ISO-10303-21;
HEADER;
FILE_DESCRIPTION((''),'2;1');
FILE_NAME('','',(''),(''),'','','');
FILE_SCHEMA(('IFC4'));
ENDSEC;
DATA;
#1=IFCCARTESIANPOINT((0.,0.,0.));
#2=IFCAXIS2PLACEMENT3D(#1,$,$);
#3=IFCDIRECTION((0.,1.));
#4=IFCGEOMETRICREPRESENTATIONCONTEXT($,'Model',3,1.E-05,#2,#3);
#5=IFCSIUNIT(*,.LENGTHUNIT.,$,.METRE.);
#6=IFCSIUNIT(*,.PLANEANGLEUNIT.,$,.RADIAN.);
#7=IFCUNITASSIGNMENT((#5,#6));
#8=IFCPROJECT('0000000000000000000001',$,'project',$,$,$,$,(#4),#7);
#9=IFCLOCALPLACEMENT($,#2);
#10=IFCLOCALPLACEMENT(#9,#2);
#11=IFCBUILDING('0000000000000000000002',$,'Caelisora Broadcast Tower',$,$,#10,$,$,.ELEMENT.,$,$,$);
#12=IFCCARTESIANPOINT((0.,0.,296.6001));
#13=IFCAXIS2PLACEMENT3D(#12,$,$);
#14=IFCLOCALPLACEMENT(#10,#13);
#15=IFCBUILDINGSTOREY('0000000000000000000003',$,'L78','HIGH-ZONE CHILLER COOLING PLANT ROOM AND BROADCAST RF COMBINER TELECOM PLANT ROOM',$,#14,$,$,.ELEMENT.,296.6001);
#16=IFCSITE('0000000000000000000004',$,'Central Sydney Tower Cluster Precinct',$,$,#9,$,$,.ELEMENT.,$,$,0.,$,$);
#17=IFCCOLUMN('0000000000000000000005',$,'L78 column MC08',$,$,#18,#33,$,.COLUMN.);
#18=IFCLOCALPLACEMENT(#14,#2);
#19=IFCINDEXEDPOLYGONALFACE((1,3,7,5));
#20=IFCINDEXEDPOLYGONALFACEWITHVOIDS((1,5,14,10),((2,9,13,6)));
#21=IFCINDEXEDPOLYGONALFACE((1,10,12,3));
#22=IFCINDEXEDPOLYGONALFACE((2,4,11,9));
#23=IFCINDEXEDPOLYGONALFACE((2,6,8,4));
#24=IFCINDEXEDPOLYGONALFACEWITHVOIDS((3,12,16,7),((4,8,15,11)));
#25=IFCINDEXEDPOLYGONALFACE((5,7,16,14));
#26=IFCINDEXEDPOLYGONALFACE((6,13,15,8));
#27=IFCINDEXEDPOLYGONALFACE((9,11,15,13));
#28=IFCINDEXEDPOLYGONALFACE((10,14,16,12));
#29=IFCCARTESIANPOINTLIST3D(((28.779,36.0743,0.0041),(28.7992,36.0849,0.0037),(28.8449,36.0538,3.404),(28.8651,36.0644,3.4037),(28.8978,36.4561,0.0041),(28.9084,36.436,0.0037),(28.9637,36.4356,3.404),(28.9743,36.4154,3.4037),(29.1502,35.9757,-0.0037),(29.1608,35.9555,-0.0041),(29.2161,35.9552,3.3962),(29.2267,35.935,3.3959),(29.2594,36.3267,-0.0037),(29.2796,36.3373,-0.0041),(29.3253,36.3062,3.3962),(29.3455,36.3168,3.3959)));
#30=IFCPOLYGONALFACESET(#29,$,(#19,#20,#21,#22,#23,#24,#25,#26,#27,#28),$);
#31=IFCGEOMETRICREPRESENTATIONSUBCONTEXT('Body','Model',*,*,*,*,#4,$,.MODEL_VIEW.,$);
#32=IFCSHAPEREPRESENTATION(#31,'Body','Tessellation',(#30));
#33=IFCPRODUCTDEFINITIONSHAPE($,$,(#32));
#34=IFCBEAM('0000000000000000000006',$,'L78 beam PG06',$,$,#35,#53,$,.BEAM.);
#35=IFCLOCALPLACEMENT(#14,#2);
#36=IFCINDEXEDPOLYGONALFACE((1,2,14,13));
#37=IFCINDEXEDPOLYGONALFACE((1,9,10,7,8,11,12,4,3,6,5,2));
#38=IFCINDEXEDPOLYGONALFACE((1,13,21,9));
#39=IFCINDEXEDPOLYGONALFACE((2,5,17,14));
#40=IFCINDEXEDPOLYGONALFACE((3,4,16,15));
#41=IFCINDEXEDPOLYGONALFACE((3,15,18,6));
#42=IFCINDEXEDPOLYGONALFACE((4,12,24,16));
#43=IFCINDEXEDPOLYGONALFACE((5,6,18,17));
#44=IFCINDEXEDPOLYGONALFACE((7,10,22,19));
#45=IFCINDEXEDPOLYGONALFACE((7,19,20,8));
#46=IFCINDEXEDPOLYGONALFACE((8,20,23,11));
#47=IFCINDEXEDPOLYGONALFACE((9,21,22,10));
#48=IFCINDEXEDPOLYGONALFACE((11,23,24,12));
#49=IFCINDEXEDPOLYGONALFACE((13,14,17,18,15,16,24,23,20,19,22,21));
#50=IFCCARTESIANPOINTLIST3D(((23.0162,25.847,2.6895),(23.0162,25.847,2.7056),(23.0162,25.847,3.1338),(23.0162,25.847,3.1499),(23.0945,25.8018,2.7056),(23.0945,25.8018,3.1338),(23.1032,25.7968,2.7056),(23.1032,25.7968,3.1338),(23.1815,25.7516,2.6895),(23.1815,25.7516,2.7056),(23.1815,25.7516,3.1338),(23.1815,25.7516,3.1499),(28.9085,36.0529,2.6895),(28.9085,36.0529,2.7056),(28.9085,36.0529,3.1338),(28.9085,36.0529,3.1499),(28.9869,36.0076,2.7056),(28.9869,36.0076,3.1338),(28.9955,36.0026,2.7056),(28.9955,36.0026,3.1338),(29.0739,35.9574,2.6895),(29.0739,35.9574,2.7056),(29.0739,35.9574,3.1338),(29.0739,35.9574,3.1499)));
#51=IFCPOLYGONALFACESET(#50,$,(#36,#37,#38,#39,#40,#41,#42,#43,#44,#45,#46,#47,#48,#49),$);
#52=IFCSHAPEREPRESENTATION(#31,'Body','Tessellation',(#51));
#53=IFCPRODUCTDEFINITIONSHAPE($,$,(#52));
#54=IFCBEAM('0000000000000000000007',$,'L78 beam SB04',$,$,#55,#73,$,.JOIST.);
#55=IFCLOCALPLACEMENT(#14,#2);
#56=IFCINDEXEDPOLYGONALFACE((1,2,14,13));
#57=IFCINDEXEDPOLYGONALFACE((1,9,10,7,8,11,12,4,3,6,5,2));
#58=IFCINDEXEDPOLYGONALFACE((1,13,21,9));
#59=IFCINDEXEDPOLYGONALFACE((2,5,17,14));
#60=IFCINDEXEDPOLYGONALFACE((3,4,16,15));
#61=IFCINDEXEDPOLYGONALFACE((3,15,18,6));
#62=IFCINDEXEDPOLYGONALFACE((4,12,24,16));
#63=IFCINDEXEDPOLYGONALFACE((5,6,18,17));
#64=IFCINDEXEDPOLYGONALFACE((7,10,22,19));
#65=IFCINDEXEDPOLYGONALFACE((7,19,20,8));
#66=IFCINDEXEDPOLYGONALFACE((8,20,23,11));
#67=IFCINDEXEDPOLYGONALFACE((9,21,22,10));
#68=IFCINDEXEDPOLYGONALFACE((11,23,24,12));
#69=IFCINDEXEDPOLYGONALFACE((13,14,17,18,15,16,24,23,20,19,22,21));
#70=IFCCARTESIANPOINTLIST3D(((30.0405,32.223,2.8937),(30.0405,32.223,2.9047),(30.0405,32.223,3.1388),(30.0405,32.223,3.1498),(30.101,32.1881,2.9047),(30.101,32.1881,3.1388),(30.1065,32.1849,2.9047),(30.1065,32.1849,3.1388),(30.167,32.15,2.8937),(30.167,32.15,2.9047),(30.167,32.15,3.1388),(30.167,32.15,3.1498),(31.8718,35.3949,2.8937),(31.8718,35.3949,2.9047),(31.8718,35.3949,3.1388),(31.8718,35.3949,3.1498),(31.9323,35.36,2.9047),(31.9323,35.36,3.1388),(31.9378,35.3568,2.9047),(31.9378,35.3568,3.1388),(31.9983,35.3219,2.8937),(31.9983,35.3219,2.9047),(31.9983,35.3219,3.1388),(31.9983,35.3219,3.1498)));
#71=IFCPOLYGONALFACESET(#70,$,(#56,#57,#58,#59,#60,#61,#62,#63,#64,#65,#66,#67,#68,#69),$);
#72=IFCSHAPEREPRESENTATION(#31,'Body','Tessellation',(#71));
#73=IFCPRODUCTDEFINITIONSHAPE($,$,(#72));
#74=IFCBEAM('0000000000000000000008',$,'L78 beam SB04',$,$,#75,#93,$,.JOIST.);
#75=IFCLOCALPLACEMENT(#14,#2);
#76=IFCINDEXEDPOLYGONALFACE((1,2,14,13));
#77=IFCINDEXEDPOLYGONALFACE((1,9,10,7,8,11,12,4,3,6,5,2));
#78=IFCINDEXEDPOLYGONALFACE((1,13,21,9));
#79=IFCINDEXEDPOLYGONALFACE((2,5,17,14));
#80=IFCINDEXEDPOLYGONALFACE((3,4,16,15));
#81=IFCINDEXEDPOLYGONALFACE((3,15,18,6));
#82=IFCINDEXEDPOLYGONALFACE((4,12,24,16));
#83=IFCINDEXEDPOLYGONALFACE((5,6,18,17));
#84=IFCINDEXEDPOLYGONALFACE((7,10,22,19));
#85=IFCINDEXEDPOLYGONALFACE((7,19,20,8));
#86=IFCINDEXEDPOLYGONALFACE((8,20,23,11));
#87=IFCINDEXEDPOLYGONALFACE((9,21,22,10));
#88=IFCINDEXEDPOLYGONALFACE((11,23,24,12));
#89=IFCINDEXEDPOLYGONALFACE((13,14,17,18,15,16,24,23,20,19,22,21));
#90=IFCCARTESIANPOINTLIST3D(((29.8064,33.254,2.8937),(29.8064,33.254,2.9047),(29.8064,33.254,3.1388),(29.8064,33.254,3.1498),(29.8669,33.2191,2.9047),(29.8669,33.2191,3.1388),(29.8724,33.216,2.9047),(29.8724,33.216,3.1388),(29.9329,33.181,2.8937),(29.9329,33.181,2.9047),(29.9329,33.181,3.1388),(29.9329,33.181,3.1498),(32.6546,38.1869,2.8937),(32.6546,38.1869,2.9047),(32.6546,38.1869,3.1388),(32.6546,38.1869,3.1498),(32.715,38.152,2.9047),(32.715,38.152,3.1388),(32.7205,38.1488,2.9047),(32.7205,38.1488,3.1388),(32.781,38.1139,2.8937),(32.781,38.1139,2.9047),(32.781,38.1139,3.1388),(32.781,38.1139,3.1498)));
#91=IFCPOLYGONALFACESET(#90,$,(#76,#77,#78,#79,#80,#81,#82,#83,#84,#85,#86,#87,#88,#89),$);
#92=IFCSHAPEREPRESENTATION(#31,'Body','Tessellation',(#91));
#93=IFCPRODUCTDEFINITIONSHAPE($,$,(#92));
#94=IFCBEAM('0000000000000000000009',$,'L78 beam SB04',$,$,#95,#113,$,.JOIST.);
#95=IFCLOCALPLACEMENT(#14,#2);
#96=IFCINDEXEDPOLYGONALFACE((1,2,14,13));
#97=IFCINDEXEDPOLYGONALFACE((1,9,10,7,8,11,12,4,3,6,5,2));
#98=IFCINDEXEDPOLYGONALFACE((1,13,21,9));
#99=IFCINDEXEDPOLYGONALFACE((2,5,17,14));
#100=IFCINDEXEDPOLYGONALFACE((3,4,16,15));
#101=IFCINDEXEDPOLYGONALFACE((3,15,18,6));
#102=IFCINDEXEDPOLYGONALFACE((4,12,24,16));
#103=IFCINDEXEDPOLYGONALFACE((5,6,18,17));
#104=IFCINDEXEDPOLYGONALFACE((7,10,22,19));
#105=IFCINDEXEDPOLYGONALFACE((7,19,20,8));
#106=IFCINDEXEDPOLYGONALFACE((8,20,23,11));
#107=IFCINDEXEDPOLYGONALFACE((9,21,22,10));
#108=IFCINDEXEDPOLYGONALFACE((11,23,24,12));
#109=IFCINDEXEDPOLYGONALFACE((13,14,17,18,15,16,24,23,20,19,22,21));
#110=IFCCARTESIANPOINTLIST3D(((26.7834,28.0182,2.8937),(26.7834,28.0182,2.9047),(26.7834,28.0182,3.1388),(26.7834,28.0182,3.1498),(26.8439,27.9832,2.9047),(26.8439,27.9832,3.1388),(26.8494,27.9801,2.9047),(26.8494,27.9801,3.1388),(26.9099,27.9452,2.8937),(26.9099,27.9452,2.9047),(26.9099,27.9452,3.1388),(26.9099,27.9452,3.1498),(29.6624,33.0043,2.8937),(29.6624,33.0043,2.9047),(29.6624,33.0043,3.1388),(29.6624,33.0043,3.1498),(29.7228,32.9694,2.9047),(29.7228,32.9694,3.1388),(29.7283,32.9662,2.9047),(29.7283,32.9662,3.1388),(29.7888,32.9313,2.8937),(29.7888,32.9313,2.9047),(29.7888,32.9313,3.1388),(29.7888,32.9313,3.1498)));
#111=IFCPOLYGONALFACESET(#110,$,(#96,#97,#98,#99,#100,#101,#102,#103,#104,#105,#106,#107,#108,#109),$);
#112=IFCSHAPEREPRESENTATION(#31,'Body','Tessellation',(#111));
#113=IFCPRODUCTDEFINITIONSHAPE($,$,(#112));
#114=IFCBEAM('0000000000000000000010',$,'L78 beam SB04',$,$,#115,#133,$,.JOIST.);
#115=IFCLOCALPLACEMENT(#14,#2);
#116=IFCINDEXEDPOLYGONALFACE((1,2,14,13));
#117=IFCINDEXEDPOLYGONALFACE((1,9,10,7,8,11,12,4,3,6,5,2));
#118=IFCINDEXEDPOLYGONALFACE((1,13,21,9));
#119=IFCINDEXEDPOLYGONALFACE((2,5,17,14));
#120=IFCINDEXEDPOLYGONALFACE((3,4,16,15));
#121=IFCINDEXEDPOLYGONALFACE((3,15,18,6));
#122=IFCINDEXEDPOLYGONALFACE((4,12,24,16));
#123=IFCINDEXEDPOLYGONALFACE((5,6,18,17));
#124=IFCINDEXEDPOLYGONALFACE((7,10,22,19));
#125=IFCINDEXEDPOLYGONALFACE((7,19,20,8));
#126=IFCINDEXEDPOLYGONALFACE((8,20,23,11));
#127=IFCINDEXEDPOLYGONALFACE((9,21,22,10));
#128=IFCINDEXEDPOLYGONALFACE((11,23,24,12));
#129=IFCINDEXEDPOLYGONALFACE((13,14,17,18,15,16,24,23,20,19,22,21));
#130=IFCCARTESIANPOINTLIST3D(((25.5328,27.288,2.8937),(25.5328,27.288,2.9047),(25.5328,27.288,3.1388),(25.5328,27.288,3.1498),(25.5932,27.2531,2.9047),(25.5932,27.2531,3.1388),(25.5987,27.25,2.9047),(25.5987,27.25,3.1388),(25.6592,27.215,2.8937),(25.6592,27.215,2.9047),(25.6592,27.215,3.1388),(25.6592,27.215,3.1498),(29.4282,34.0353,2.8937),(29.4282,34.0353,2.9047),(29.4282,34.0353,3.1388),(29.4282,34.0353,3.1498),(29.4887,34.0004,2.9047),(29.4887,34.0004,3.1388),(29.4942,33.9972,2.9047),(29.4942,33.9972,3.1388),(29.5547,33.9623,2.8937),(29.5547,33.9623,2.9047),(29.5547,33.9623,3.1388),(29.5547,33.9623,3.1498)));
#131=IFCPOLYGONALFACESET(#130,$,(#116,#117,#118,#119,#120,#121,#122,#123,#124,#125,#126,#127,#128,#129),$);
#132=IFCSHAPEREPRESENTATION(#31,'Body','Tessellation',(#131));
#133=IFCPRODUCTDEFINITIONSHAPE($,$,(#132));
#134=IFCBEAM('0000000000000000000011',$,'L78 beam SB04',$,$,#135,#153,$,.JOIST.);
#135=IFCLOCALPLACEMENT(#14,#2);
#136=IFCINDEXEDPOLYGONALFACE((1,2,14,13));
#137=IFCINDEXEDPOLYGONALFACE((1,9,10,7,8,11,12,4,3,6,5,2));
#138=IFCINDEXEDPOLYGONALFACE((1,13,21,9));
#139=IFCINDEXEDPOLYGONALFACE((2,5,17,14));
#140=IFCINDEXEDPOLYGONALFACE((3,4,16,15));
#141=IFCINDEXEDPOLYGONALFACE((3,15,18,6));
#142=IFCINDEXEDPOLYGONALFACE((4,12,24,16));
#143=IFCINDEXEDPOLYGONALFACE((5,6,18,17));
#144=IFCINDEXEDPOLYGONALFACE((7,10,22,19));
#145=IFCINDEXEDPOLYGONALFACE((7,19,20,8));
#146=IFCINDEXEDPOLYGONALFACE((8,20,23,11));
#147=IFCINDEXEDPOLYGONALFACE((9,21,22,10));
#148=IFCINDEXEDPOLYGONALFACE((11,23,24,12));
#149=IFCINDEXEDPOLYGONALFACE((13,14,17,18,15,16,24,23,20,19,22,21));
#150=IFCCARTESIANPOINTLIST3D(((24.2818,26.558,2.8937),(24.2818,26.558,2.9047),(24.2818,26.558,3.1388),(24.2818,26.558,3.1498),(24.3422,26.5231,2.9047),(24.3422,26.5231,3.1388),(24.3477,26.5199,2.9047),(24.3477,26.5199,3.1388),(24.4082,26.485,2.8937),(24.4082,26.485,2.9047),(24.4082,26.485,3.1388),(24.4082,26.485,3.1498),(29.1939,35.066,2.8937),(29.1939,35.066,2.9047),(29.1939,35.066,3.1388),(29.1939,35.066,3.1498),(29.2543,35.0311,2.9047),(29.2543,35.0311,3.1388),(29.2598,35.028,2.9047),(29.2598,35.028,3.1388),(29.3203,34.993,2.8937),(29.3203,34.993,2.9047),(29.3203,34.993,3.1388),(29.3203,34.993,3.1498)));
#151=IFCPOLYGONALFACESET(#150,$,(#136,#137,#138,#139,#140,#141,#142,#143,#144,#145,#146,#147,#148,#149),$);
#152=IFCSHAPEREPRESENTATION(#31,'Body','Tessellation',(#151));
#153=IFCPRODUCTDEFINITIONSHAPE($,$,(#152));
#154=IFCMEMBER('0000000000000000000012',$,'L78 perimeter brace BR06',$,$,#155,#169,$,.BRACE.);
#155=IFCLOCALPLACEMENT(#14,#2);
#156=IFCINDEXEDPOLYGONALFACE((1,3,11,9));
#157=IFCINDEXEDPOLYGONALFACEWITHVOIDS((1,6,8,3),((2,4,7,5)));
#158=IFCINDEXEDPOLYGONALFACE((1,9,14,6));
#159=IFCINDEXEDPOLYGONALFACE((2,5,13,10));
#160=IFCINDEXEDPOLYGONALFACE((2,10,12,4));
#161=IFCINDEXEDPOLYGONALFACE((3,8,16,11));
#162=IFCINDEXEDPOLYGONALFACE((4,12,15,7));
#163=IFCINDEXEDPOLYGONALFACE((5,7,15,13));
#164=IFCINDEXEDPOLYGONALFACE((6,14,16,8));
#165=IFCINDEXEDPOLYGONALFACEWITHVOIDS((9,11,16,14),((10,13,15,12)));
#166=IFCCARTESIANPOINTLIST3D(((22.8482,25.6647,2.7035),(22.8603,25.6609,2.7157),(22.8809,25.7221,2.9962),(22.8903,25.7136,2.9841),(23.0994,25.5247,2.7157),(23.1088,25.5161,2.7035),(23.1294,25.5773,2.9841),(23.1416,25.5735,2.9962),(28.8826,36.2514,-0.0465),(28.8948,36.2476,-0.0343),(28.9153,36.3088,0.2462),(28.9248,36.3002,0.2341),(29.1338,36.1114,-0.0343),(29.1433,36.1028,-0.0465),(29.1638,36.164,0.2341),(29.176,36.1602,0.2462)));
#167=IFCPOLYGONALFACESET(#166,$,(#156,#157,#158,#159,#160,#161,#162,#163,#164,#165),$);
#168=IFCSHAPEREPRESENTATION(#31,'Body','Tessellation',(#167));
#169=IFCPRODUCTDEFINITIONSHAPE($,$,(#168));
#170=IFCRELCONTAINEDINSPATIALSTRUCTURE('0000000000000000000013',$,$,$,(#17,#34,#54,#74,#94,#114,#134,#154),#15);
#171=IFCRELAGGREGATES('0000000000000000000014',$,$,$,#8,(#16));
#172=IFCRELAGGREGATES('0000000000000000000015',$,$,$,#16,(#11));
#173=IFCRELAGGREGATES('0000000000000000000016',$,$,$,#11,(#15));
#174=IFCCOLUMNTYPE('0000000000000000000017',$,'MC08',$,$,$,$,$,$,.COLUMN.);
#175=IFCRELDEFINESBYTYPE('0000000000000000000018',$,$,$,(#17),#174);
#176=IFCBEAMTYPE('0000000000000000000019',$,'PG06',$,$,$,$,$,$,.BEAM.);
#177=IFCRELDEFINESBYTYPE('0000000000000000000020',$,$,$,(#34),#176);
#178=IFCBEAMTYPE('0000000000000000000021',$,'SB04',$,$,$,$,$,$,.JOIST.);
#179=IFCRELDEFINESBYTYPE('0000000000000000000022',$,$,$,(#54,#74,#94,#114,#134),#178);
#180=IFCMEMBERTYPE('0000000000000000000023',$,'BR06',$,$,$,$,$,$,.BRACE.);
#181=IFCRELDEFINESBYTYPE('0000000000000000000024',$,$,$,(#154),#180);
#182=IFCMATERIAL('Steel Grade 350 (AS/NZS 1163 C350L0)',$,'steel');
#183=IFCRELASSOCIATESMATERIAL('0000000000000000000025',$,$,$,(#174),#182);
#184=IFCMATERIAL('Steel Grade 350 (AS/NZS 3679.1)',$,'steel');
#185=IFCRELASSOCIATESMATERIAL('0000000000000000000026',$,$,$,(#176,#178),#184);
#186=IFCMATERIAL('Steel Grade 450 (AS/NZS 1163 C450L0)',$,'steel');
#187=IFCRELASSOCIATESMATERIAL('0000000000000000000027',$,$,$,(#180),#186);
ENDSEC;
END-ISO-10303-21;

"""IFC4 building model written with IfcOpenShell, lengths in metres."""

from ifc_helpers import new_model, si_unit, direction, frame, origin, origin_2d, place, context, subcontext, project, spatial, hollow_rectangle, i_section, extrude, source, transform, mapped, material, material_profile, profile_set, type_object, type_shapes, element, save


model = new_model("IFC4")

# Units and contexts
model_context = context("Model", 3, precision=1e-05, world=origin(), true_north=direction((0.0, 1.0)))
body_context = subcontext(model_context, "Body", "Model", "MODEL_VIEW")
ifc_project = project(units=[si_unit("LENGTHUNIT", "METRE"), si_unit("PLANEANGLEUNIT", "RADIAN")], contexts=[model_context])

# Site, building, storey
site_placement = place(None, origin())
site = spatial("IfcSite", under=ifc_project, at=site_placement, Name="Central Sydney Tower Cluster Precinct", CompositionType="ELEMENT", RefElevation=0.0)
building_placement = place(site_placement, origin())
building = spatial("IfcBuilding", under=site, at=building_placement, Name="Caelisora Broadcast Tower", CompositionType="ELEMENT")
storey_placement = place(building_placement, frame((0.0, 0.0, 296.6001)))
storey = spatial("IfcBuildingStorey", under=building, at=storey_placement, Name="L78", Description="HIGH-ZONE CHILLER COOLING PLANT ROOM AND BROADCAST RF COMBINER TELECOM PLANT ROOM", CompositionType="ELEMENT", Elevation=296.6001)

# Column
ifc_material_1 = material(Name="Steel Grade 350 (AS/NZS 1163 C350L0)", Category="steel")
ifc_material_profile_1 = material_profile(ifc_material_1, hollow_rectangle(XDim=0.3999, YDim=0.3999, WallThickness=0.0161, at=origin_2d()), Name="Steel Grade 350 (AS/NZS 1163 C350L0)")
ifc_profile_set_1 = profile_set([ifc_material_profile_1], Name="Steel Grade 350 (AS/NZS 1163 C350L0)")
column_type = type_object("IfcColumnType", Name="MC08", PredefinedType="COLUMN", material=ifc_profile_set_1)
shared_shape_1 = source(origin(), body_context, "Body", "SweptSolid", [
    extrude(hollow_rectangle(XDim=0.3999, YDim=0.3999, WallThickness=0.0161, at=origin_2d()), origin(), (0.0, 0.0, 1.0), 3.4006),
])
type_shapes(column_type, [shared_shape_1])
column_placement = place(storey_placement, frame((29.0293, 36.2058, 0.0), z_axis=(0.019384, -0.006031, 0.999794), x_axis=(0.297067, 0.954857, 0.0)))
element("IfcColumn", 1, at=column_placement, inside=storey, type_object=column_type, Name="L78 column MC08", PredefinedType="COLUMN", context=body_context, shape_type="MappedRepresentation", body=[
    mapped(shared_shape_1, transform((0.0, 0.0, 0.0), scale=1.0)),
])

# Beams
ifc_material_2 = material(Name="Steel Grade 350 (AS/NZS 3679.1)", Category="steel")
ifc_material_profile_2 = material_profile(ifc_material_2, i_section(OverallWidth=0.1909, OverallDepth=0.4604, WebThickness=0.01, FlangeThickness=0.0161, at=origin_2d()), Name="Steel Grade 350 (AS/NZS 3679.1)")
ifc_profile_set_2 = profile_set([ifc_material_profile_2], Name="Steel Grade 350 (AS/NZS 3679.1)")
beam_type_1 = type_object("IfcBeamType", Name="PG06", PredefinedType="BEAM", material=ifc_profile_set_2)
shared_shape_2 = source(origin(), body_context, "Body", "SweptSolid", [
    extrude(i_section(OverallWidth=0.1909, OverallDepth=0.4604, WebThickness=0.01, FlangeThickness=0.0161, at=origin_2d()), origin(), (0.0, 0.0, 1.0), 11.7847),
])
type_shapes(beam_type_1, [shared_shape_2])
beam_1_placement = place(storey_placement, frame((28.9912, 36.0051, 2.9197), z_axis=(-0.5, -0.866025, 0.0), x_axis=(0.866025, -0.5, 0.0)))
element("IfcBeam", 2, at=beam_1_placement, inside=storey, type_object=beam_type_1, Name="L78 beam PG06", PredefinedType="BEAM", context=body_context, shape_type="MappedRepresentation", body=[
    mapped(shared_shape_2, transform((0.0, 0.0, 0.0), scale=1.0)),
])
ifc_material_profile_3 = material_profile(ifc_material_2, i_section(OverallWidth=0.146, OverallDepth=0.2561, WebThickness=0.0063, FlangeThickness=0.011, at=origin_2d()), Name="Steel Grade 350 (AS/NZS 3679.1)")
ifc_profile_set_3 = profile_set([ifc_material_profile_3], Name="Steel Grade 350 (AS/NZS 3679.1)")
beam_type_2 = type_object("IfcBeamType", Name="SB04", PredefinedType="JOIST", material=ifc_profile_set_3)
shared_shape_3 = source(origin(), body_context, "Body", "SweptSolid", [
    extrude(i_section(OverallWidth=0.146, OverallDepth=0.2561, WebThickness=0.0063, FlangeThickness=0.011, at=origin_2d()), origin(), (0.0, 0.0, 1.0), 3.6626),
])
beam_2_placement = place(storey_placement, frame((31.9351, 35.3584, 3.0217), z_axis=(-0.500003, -0.866024, 0.0), x_axis=(0.866024, -0.500003, 0.0)))
element("IfcBeam", 3, at=beam_2_placement, inside=storey, type_object=beam_type_2, Name="L78 beam SB04", PredefinedType="JOIST", context=body_context, shape_type="MappedRepresentation", body=[
    mapped(shared_shape_3, transform((0.0, 0.0, 0.0), scale=1.0)),
])
shared_shape_4 = source(origin(), body_context, "Body", "SweptSolid", [
    extrude(i_section(OverallWidth=0.146, OverallDepth=0.2561, WebThickness=0.0063, FlangeThickness=0.011, at=origin_2d()), origin(), (0.0, 0.0, 1.0), 5.696),
])
beam_3_placement = place(storey_placement, frame((32.7178, 38.1504, 3.0217), z_axis=(-0.500021, -0.866014, 0.0), x_axis=(0.866014, -0.500021, 0.0)))
element("IfcBeam", 4, at=beam_3_placement, inside=storey, type_object=beam_type_2, Name="L78 beam SB04", PredefinedType="JOIST", context=body_context, shape_type="MappedRepresentation", body=[
    mapped(shared_shape_4, transform((0.0, 0.0, 0.0), scale=1.0)),
])
shared_shape_5 = source(origin(), body_context, "Body", "SweptSolid", [
    extrude(i_section(OverallWidth=0.146, OverallDepth=0.2561, WebThickness=0.0063, FlangeThickness=0.011, at=origin_2d()), origin(), (0.0, 0.0, 1.0), 5.7576),
])
beam_4_placement = place(storey_placement, frame((29.7256, 32.9678, 3.0217), z_axis=(-0.500025, -0.866011, 0.0), x_axis=(0.866011, -0.500025, 0.0)))
element("IfcBeam", 5, at=beam_4_placement, inside=storey, type_object=beam_type_2, Name="L78 beam SB04", PredefinedType="JOIST", context=body_context, shape_type="MappedRepresentation", body=[
    mapped(shared_shape_5, transform((0.0, 0.0, 0.0), scale=1.0)),
])
shared_shape_6 = source(origin(), body_context, "Body", "SweptSolid", [
    extrude(i_section(OverallWidth=0.146, OverallDepth=0.2561, WebThickness=0.0063, FlangeThickness=0.011, at=origin_2d()), origin(), (0.0, 0.0, 1.0), 7.791),
])
beam_5_placement = place(storey_placement, frame((29.4915, 33.9988, 3.0217), z_axis=(-0.499995, -0.866029, 0.0), x_axis=(0.866029, -0.499995, 0.0)))
element("IfcBeam", 6, at=beam_5_placement, inside=storey, type_object=beam_type_2, Name="L78 beam SB04", PredefinedType="JOIST", context=body_context, shape_type="MappedRepresentation", body=[
    mapped(shared_shape_6, transform((0.0, 0.0, 0.0), scale=1.0)),
])
shared_shape_7 = source(origin(), body_context, "Body", "SweptSolid", [
    extrude(i_section(OverallWidth=0.146, OverallDepth=0.2561, WebThickness=0.0063, FlangeThickness=0.011, at=origin_2d()), origin(), (0.0, 0.0, 1.0), 9.8242),
])
type_shapes(beam_type_2, [shared_shape_3, shared_shape_4, shared_shape_5, shared_shape_6, shared_shape_7])
beam_6_placement = place(storey_placement, frame((29.2571, 35.0295, 3.0217), z_axis=(-0.499999, -0.866026, 0.0), x_axis=(0.866026, -0.499999, 0.0)))
element("IfcBeam", 7, at=beam_6_placement, inside=storey, type_object=beam_type_2, Name="L78 beam SB04", PredefinedType="JOIST", context=body_context, shape_type="MappedRepresentation", body=[
    mapped(shared_shape_7, transform((0.0, 0.0, 0.0), scale=1.0)),
])

# Member
ifc_material_3 = material(Name="Steel Grade 450 (AS/NZS 1163 C450L0)", Category="steel")
ifc_material_profile_4 = material_profile(ifc_material_3, hollow_rectangle(XDim=0.3, YDim=0.3, WallThickness=0.0125, at=origin_2d()), Name="Steel Grade 450 (AS/NZS 1163 C450L0)")
ifc_profile_set_4 = profile_set([ifc_material_profile_4], Name="Steel Grade 450 (AS/NZS 1163 C450L0)")
member_type_1 = type_object("IfcMemberType", Name="BR06", PredefinedType="BRACE", material=ifc_profile_set_4)
shared_shape_8 = source(origin(), body_context, "Body", "SweptSolid", [
    extrude(hollow_rectangle(XDim=0.3, YDim=0.3, WallThickness=0.0125, at=origin_2d()), origin(), (0.0, 0.0, 1.0), 12.4922),
])
type_shapes(member_type_1, [shared_shape_8])
member_1_placement = place(storey_placement, frame((29.0293, 36.2058, 0.0999), z_axis=(-0.483056, -0.847464, 0.220138), x_axis=(0.868776, -0.495204, 0.0)))
element("IfcMember", 8, at=member_1_placement, inside=storey, type_object=member_type_1, Name="L78 perimeter brace BR06", PredefinedType="BRACE", context=body_context, shape_type="MappedRepresentation", body=[
    mapped(shared_shape_8, transform((0.0, 0.0, 0.0), scale=1.0)),
])

save(model, "model.ifc")
